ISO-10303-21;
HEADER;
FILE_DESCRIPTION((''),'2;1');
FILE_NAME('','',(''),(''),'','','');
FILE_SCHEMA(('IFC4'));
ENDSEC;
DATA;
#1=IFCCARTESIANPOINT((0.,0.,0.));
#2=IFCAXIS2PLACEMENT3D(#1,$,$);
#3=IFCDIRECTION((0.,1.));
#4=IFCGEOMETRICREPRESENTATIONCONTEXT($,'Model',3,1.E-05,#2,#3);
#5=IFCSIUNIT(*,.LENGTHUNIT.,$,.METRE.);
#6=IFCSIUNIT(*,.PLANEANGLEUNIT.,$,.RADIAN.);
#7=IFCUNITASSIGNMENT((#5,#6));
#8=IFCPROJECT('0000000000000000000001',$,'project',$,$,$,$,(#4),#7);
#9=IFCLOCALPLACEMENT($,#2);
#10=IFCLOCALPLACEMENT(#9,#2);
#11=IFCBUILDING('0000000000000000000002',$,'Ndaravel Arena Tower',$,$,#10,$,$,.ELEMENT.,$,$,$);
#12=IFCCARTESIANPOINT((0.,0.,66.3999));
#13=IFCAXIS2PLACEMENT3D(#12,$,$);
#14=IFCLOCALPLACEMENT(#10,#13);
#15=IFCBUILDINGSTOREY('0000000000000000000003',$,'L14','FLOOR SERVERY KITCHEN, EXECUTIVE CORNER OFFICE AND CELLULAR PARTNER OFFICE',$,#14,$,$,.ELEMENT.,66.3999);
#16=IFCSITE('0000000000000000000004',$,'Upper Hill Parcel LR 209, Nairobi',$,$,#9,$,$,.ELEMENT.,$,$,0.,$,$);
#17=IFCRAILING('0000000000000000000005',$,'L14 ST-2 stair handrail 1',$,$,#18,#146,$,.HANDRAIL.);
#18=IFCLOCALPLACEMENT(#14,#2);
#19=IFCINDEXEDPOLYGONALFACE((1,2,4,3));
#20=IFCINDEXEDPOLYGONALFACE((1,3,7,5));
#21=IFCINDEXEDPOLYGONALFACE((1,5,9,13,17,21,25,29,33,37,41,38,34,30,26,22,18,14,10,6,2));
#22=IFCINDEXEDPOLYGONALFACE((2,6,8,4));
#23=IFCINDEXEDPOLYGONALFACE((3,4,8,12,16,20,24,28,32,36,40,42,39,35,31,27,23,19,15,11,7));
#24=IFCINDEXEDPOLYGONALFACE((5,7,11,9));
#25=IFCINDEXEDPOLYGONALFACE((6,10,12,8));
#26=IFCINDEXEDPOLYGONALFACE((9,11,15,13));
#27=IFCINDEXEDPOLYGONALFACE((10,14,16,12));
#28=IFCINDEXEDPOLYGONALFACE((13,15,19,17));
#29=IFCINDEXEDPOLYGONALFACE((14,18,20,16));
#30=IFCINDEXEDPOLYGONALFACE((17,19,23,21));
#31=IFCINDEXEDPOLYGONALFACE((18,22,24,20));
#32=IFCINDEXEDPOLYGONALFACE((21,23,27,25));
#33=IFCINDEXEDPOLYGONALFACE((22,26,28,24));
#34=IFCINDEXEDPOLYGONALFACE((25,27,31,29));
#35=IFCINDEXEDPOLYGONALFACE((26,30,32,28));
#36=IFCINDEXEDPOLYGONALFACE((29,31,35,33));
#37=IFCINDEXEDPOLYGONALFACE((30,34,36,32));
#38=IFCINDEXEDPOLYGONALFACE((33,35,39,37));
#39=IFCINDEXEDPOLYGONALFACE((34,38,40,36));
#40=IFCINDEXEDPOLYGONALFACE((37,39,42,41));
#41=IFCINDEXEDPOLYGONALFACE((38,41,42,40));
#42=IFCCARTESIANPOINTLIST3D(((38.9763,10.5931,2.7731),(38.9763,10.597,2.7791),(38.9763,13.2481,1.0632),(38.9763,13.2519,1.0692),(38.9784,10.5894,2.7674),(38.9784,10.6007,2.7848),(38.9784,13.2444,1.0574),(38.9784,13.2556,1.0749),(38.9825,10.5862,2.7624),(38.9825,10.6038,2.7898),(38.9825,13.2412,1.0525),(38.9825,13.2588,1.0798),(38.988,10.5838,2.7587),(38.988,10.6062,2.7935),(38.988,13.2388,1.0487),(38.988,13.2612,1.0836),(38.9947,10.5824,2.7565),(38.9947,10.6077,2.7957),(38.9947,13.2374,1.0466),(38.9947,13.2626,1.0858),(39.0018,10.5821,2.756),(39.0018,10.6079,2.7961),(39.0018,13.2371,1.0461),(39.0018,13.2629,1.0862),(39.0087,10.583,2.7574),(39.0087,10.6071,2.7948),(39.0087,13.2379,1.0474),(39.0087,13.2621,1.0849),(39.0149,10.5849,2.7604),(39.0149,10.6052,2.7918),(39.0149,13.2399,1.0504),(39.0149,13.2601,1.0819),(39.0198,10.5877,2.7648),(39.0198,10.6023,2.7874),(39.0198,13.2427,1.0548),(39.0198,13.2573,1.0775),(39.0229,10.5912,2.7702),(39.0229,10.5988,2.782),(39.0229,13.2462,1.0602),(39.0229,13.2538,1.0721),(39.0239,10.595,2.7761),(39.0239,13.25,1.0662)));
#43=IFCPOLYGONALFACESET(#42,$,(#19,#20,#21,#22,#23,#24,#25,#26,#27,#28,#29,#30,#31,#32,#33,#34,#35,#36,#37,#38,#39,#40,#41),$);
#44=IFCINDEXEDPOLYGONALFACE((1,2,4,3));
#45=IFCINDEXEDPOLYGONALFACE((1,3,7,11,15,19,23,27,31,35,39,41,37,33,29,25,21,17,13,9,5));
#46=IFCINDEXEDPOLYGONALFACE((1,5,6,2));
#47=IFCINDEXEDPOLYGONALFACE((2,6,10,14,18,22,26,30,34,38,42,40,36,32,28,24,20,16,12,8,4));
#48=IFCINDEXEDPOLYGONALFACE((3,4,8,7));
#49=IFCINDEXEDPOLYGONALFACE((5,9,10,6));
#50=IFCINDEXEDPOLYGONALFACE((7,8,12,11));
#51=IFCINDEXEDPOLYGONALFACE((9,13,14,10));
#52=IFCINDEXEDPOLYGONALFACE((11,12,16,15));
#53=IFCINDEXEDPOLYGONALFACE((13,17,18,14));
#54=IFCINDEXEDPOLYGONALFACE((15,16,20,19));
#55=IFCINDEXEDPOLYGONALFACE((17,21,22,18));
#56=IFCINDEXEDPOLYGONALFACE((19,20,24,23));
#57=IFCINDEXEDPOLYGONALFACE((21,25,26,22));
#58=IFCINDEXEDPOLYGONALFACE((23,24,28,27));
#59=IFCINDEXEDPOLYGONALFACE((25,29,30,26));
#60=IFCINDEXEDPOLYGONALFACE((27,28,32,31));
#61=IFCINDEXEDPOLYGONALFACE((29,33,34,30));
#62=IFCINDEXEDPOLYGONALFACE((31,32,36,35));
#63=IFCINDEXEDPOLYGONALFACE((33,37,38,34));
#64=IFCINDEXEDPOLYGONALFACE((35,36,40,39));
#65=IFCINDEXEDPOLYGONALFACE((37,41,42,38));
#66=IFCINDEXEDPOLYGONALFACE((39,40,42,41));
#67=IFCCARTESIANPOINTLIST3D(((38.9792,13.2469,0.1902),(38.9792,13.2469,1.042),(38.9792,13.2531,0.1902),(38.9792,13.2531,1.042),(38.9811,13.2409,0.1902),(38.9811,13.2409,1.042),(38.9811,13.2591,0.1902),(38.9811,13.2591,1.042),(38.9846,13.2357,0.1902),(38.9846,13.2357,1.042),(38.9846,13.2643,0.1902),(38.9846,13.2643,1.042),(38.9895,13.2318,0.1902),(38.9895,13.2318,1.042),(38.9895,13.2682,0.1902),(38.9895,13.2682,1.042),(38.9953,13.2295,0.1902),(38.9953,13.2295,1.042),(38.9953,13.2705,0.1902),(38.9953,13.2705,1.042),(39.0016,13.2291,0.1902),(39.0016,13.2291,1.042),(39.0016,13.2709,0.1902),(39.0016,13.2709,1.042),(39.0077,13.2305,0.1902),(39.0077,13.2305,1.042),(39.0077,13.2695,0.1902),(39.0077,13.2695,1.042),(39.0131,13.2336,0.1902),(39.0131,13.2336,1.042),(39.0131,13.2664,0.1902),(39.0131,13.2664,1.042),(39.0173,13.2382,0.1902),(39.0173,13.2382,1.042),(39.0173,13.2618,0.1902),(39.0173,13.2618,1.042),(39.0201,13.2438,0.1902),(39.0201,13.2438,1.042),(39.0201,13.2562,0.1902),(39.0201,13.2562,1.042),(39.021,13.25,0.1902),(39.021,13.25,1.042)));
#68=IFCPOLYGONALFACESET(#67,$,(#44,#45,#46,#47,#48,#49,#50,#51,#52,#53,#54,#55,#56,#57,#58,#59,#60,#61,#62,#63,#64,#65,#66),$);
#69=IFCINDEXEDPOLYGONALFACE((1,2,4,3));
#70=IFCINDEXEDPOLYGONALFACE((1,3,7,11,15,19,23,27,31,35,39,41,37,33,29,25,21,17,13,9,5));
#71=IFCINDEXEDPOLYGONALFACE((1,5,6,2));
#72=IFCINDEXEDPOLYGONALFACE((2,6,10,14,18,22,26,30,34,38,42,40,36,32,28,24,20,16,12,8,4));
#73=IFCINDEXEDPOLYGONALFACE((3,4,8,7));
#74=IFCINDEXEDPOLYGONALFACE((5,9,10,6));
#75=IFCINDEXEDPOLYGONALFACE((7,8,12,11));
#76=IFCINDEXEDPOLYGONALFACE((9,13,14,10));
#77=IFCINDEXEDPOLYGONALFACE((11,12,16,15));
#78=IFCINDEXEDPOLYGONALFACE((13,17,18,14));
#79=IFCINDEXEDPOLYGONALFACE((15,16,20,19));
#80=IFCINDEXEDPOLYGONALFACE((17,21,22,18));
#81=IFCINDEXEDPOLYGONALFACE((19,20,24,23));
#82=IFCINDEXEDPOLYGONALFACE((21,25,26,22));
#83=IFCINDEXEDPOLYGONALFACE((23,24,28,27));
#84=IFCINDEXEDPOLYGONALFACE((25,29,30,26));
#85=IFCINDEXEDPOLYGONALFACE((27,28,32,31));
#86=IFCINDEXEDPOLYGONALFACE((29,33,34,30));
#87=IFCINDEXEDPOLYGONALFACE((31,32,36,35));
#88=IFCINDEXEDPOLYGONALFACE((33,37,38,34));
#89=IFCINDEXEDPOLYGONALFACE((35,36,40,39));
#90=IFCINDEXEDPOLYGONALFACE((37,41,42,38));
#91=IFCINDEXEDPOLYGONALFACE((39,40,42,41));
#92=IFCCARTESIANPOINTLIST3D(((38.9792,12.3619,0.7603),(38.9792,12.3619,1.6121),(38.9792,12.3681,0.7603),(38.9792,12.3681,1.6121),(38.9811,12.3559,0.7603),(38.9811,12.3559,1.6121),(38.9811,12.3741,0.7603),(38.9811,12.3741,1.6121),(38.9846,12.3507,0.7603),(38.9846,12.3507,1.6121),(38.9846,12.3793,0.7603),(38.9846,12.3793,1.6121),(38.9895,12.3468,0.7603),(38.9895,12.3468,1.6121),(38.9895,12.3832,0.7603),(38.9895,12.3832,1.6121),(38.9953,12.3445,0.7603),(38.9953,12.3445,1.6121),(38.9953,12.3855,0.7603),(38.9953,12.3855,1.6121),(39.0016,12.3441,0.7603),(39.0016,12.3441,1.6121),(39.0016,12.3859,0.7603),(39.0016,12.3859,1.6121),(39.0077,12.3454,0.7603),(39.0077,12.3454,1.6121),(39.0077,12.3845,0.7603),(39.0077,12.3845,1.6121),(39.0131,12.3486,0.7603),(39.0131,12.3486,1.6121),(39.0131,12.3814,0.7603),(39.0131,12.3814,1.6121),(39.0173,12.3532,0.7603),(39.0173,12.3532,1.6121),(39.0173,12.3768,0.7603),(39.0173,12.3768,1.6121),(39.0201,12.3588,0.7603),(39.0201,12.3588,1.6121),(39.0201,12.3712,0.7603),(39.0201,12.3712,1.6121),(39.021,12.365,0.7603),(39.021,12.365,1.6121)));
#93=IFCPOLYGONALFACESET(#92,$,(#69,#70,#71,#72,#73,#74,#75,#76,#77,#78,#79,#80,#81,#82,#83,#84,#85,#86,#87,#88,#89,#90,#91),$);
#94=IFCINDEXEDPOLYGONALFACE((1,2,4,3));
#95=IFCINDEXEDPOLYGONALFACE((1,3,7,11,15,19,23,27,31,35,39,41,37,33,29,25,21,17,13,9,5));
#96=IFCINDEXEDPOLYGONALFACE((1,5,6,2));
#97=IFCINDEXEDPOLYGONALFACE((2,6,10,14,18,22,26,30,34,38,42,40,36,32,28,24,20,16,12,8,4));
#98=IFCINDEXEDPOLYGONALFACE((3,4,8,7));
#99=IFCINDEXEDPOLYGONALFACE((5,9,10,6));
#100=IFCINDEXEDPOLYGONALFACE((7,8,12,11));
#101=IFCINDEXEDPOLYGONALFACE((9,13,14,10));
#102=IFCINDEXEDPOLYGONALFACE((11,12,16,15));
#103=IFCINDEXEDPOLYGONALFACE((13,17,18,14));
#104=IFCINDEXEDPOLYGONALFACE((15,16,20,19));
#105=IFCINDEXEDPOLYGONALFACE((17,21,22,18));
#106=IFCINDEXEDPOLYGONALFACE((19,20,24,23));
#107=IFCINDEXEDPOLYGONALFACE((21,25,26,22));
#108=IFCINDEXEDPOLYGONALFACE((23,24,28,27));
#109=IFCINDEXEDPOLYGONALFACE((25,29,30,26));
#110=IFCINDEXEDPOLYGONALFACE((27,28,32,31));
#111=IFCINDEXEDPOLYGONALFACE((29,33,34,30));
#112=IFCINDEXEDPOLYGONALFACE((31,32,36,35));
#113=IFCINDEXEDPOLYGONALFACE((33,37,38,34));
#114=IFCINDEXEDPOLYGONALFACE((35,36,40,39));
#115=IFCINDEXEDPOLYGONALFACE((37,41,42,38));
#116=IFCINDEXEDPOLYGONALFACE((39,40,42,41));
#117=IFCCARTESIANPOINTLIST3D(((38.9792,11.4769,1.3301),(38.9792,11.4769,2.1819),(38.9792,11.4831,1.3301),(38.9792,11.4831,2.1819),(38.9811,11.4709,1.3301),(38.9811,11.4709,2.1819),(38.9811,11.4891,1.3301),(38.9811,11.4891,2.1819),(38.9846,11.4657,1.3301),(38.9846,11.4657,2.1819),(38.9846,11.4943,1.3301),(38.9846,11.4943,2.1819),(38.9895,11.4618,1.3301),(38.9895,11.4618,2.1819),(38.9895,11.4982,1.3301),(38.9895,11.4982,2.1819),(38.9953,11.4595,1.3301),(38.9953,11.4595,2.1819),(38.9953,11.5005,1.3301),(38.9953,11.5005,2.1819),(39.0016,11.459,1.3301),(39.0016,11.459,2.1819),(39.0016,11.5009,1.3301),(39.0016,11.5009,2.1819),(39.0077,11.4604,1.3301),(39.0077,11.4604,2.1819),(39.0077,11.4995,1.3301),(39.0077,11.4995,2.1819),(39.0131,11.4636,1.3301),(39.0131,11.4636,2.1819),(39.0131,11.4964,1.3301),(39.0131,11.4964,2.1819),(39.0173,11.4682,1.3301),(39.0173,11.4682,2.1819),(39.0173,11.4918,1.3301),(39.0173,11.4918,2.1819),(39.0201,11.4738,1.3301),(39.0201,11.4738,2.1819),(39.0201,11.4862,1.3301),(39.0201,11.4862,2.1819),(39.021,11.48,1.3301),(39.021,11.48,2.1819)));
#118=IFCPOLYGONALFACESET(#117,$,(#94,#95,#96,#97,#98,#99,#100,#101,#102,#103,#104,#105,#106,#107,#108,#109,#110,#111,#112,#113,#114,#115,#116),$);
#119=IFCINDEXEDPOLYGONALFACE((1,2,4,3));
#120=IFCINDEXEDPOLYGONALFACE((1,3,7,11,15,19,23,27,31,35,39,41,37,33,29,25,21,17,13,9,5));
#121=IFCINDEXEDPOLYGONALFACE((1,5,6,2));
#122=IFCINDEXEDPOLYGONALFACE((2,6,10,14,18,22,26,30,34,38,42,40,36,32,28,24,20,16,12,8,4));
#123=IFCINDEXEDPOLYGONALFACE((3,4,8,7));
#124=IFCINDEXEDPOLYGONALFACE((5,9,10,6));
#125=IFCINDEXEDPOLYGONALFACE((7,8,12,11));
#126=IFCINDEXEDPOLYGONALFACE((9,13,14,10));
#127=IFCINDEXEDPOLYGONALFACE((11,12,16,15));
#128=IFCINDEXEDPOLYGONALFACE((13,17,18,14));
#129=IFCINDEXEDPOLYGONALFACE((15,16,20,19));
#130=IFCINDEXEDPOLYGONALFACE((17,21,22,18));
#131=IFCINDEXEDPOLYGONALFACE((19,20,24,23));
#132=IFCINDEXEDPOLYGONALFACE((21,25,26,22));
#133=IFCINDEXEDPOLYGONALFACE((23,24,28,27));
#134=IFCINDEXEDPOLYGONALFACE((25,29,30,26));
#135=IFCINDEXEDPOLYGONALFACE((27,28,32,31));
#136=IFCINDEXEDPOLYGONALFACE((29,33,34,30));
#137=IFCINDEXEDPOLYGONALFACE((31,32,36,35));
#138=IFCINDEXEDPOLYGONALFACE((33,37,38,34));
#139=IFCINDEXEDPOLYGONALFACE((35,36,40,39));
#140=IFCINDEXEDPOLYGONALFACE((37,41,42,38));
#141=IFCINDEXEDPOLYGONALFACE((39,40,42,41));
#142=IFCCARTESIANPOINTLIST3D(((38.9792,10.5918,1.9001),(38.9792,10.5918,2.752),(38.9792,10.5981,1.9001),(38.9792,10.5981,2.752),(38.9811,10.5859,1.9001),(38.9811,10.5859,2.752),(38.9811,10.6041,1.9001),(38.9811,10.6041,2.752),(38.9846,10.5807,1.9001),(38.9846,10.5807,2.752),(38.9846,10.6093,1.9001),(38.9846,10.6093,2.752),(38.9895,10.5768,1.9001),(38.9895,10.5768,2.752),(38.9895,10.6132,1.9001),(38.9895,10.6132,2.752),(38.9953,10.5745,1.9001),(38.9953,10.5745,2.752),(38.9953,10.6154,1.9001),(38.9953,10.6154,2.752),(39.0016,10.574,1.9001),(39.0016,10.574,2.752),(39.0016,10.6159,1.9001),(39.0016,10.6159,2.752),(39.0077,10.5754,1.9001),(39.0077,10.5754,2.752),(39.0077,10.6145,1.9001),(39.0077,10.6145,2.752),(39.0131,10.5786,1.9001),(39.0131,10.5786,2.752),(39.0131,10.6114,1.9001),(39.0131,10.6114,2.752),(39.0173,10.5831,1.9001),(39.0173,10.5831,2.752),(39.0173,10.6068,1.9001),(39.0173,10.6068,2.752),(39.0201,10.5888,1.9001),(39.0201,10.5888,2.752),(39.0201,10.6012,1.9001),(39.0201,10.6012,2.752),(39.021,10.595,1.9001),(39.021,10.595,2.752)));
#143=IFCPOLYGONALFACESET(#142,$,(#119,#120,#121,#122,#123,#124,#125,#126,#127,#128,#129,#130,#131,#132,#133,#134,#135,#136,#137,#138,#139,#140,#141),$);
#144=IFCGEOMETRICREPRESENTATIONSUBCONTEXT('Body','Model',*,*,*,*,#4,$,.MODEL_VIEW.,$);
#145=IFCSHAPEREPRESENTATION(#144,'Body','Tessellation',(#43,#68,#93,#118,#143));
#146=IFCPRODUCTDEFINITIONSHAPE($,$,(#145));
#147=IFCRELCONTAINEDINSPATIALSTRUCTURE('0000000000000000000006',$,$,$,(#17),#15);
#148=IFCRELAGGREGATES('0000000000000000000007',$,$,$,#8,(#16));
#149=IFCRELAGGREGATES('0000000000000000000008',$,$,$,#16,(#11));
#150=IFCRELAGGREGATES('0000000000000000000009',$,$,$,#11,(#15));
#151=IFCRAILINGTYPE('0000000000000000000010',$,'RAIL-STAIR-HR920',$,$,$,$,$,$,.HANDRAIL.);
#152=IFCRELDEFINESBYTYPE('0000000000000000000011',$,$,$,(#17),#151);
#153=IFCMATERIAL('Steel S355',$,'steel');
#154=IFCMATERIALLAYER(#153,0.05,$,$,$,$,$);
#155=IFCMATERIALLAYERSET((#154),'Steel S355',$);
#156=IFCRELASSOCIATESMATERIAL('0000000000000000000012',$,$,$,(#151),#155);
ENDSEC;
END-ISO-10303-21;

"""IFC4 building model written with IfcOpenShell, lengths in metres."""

from ifc_helpers import new_model, si_unit, direction, frame, origin, origin_2d, place, context, subcontext, project, spatial, circle, extrude, material, layer, layer_set, type_object, element, save


model = new_model("IFC4")

# Units and contexts
model_context = context("Model", 3, precision=1e-05, world=origin(), true_north=direction((0.0, 1.0)))
body_context = subcontext(model_context, "Body", "Model", "MODEL_VIEW")
ifc_project = project(units=[si_unit("LENGTHUNIT", "METRE"), si_unit("PLANEANGLEUNIT", "RADIAN")], contexts=[model_context])

# Site, building, storey
site_placement = place(None, origin())
site = spatial("IfcSite", under=ifc_project, at=site_placement, Name="Upper Hill Parcel LR 209, Nairobi", CompositionType="ELEMENT", RefElevation=0.0)
building_placement = place(site_placement, origin())
building = spatial("IfcBuilding", under=site, at=building_placement, Name="Ndaravel Arena Tower", CompositionType="ELEMENT")
storey_placement = place(building_placement, frame((0.0, 0.0, 66.3999)))
storey = spatial("IfcBuildingStorey", under=building, at=storey_placement, Name="L14", Description="FLOOR SERVERY KITCHEN, EXECUTIVE CORNER OFFICE AND CELLULAR PARTNER OFFICE", CompositionType="ELEMENT", Elevation=66.3999)

# Railing
ifc_material_1 = material(Name="Steel S355", Category="steel")
ifc_layer_1 = layer(ifc_material_1, 0.05)
ifc_layer_set_1 = layer_set([ifc_layer_1], Name="Steel S355")
railing_type_1 = type_object("IfcRailingType", Name="RAIL-STAIR-HR920", PredefinedType="HANDRAIL", material=ifc_layer_set_1)
railing_1_placement = place(storey_placement, frame((39.0, 13.25, 0.1902)))
element("IfcRailing", 1, at=railing_1_placement, inside=storey, type_object=railing_type_1, Name="L14 ST-2 stair handrail 1", PredefinedType="HANDRAIL", context=body_context, shape_type="SweptSolid", body=[
    extrude(circle(Radius=0.0239, at=origin_2d()), frame((0.0, 0.0, 0.876), z_axis=(0.0, -0.840724, 0.541465), x_axis=(1.0, 0.0, 0.0)), (0.0, 0.0, 1.0), 3.158),
    extrude(circle(Radius=0.021, at=origin_2d()), origin(), (0.0, 0.0, 1.0), 0.8518),
    extrude(circle(Radius=0.021, at=origin_2d()), frame((0.0, -0.885, 0.5701)), (0.0, 0.0, 1.0), 0.8518),
    extrude(circle(Radius=0.021, at=origin_2d()), frame((0.0, -1.77, 1.1399)), (0.0, 0.0, 1.0), 0.8518),
    extrude(circle(Radius=0.021, at=origin_2d()), frame((0.0, -2.655, 1.71)), (0.0, 0.0, 1.0), 0.8518),
])

save(model, "model.ifc")
